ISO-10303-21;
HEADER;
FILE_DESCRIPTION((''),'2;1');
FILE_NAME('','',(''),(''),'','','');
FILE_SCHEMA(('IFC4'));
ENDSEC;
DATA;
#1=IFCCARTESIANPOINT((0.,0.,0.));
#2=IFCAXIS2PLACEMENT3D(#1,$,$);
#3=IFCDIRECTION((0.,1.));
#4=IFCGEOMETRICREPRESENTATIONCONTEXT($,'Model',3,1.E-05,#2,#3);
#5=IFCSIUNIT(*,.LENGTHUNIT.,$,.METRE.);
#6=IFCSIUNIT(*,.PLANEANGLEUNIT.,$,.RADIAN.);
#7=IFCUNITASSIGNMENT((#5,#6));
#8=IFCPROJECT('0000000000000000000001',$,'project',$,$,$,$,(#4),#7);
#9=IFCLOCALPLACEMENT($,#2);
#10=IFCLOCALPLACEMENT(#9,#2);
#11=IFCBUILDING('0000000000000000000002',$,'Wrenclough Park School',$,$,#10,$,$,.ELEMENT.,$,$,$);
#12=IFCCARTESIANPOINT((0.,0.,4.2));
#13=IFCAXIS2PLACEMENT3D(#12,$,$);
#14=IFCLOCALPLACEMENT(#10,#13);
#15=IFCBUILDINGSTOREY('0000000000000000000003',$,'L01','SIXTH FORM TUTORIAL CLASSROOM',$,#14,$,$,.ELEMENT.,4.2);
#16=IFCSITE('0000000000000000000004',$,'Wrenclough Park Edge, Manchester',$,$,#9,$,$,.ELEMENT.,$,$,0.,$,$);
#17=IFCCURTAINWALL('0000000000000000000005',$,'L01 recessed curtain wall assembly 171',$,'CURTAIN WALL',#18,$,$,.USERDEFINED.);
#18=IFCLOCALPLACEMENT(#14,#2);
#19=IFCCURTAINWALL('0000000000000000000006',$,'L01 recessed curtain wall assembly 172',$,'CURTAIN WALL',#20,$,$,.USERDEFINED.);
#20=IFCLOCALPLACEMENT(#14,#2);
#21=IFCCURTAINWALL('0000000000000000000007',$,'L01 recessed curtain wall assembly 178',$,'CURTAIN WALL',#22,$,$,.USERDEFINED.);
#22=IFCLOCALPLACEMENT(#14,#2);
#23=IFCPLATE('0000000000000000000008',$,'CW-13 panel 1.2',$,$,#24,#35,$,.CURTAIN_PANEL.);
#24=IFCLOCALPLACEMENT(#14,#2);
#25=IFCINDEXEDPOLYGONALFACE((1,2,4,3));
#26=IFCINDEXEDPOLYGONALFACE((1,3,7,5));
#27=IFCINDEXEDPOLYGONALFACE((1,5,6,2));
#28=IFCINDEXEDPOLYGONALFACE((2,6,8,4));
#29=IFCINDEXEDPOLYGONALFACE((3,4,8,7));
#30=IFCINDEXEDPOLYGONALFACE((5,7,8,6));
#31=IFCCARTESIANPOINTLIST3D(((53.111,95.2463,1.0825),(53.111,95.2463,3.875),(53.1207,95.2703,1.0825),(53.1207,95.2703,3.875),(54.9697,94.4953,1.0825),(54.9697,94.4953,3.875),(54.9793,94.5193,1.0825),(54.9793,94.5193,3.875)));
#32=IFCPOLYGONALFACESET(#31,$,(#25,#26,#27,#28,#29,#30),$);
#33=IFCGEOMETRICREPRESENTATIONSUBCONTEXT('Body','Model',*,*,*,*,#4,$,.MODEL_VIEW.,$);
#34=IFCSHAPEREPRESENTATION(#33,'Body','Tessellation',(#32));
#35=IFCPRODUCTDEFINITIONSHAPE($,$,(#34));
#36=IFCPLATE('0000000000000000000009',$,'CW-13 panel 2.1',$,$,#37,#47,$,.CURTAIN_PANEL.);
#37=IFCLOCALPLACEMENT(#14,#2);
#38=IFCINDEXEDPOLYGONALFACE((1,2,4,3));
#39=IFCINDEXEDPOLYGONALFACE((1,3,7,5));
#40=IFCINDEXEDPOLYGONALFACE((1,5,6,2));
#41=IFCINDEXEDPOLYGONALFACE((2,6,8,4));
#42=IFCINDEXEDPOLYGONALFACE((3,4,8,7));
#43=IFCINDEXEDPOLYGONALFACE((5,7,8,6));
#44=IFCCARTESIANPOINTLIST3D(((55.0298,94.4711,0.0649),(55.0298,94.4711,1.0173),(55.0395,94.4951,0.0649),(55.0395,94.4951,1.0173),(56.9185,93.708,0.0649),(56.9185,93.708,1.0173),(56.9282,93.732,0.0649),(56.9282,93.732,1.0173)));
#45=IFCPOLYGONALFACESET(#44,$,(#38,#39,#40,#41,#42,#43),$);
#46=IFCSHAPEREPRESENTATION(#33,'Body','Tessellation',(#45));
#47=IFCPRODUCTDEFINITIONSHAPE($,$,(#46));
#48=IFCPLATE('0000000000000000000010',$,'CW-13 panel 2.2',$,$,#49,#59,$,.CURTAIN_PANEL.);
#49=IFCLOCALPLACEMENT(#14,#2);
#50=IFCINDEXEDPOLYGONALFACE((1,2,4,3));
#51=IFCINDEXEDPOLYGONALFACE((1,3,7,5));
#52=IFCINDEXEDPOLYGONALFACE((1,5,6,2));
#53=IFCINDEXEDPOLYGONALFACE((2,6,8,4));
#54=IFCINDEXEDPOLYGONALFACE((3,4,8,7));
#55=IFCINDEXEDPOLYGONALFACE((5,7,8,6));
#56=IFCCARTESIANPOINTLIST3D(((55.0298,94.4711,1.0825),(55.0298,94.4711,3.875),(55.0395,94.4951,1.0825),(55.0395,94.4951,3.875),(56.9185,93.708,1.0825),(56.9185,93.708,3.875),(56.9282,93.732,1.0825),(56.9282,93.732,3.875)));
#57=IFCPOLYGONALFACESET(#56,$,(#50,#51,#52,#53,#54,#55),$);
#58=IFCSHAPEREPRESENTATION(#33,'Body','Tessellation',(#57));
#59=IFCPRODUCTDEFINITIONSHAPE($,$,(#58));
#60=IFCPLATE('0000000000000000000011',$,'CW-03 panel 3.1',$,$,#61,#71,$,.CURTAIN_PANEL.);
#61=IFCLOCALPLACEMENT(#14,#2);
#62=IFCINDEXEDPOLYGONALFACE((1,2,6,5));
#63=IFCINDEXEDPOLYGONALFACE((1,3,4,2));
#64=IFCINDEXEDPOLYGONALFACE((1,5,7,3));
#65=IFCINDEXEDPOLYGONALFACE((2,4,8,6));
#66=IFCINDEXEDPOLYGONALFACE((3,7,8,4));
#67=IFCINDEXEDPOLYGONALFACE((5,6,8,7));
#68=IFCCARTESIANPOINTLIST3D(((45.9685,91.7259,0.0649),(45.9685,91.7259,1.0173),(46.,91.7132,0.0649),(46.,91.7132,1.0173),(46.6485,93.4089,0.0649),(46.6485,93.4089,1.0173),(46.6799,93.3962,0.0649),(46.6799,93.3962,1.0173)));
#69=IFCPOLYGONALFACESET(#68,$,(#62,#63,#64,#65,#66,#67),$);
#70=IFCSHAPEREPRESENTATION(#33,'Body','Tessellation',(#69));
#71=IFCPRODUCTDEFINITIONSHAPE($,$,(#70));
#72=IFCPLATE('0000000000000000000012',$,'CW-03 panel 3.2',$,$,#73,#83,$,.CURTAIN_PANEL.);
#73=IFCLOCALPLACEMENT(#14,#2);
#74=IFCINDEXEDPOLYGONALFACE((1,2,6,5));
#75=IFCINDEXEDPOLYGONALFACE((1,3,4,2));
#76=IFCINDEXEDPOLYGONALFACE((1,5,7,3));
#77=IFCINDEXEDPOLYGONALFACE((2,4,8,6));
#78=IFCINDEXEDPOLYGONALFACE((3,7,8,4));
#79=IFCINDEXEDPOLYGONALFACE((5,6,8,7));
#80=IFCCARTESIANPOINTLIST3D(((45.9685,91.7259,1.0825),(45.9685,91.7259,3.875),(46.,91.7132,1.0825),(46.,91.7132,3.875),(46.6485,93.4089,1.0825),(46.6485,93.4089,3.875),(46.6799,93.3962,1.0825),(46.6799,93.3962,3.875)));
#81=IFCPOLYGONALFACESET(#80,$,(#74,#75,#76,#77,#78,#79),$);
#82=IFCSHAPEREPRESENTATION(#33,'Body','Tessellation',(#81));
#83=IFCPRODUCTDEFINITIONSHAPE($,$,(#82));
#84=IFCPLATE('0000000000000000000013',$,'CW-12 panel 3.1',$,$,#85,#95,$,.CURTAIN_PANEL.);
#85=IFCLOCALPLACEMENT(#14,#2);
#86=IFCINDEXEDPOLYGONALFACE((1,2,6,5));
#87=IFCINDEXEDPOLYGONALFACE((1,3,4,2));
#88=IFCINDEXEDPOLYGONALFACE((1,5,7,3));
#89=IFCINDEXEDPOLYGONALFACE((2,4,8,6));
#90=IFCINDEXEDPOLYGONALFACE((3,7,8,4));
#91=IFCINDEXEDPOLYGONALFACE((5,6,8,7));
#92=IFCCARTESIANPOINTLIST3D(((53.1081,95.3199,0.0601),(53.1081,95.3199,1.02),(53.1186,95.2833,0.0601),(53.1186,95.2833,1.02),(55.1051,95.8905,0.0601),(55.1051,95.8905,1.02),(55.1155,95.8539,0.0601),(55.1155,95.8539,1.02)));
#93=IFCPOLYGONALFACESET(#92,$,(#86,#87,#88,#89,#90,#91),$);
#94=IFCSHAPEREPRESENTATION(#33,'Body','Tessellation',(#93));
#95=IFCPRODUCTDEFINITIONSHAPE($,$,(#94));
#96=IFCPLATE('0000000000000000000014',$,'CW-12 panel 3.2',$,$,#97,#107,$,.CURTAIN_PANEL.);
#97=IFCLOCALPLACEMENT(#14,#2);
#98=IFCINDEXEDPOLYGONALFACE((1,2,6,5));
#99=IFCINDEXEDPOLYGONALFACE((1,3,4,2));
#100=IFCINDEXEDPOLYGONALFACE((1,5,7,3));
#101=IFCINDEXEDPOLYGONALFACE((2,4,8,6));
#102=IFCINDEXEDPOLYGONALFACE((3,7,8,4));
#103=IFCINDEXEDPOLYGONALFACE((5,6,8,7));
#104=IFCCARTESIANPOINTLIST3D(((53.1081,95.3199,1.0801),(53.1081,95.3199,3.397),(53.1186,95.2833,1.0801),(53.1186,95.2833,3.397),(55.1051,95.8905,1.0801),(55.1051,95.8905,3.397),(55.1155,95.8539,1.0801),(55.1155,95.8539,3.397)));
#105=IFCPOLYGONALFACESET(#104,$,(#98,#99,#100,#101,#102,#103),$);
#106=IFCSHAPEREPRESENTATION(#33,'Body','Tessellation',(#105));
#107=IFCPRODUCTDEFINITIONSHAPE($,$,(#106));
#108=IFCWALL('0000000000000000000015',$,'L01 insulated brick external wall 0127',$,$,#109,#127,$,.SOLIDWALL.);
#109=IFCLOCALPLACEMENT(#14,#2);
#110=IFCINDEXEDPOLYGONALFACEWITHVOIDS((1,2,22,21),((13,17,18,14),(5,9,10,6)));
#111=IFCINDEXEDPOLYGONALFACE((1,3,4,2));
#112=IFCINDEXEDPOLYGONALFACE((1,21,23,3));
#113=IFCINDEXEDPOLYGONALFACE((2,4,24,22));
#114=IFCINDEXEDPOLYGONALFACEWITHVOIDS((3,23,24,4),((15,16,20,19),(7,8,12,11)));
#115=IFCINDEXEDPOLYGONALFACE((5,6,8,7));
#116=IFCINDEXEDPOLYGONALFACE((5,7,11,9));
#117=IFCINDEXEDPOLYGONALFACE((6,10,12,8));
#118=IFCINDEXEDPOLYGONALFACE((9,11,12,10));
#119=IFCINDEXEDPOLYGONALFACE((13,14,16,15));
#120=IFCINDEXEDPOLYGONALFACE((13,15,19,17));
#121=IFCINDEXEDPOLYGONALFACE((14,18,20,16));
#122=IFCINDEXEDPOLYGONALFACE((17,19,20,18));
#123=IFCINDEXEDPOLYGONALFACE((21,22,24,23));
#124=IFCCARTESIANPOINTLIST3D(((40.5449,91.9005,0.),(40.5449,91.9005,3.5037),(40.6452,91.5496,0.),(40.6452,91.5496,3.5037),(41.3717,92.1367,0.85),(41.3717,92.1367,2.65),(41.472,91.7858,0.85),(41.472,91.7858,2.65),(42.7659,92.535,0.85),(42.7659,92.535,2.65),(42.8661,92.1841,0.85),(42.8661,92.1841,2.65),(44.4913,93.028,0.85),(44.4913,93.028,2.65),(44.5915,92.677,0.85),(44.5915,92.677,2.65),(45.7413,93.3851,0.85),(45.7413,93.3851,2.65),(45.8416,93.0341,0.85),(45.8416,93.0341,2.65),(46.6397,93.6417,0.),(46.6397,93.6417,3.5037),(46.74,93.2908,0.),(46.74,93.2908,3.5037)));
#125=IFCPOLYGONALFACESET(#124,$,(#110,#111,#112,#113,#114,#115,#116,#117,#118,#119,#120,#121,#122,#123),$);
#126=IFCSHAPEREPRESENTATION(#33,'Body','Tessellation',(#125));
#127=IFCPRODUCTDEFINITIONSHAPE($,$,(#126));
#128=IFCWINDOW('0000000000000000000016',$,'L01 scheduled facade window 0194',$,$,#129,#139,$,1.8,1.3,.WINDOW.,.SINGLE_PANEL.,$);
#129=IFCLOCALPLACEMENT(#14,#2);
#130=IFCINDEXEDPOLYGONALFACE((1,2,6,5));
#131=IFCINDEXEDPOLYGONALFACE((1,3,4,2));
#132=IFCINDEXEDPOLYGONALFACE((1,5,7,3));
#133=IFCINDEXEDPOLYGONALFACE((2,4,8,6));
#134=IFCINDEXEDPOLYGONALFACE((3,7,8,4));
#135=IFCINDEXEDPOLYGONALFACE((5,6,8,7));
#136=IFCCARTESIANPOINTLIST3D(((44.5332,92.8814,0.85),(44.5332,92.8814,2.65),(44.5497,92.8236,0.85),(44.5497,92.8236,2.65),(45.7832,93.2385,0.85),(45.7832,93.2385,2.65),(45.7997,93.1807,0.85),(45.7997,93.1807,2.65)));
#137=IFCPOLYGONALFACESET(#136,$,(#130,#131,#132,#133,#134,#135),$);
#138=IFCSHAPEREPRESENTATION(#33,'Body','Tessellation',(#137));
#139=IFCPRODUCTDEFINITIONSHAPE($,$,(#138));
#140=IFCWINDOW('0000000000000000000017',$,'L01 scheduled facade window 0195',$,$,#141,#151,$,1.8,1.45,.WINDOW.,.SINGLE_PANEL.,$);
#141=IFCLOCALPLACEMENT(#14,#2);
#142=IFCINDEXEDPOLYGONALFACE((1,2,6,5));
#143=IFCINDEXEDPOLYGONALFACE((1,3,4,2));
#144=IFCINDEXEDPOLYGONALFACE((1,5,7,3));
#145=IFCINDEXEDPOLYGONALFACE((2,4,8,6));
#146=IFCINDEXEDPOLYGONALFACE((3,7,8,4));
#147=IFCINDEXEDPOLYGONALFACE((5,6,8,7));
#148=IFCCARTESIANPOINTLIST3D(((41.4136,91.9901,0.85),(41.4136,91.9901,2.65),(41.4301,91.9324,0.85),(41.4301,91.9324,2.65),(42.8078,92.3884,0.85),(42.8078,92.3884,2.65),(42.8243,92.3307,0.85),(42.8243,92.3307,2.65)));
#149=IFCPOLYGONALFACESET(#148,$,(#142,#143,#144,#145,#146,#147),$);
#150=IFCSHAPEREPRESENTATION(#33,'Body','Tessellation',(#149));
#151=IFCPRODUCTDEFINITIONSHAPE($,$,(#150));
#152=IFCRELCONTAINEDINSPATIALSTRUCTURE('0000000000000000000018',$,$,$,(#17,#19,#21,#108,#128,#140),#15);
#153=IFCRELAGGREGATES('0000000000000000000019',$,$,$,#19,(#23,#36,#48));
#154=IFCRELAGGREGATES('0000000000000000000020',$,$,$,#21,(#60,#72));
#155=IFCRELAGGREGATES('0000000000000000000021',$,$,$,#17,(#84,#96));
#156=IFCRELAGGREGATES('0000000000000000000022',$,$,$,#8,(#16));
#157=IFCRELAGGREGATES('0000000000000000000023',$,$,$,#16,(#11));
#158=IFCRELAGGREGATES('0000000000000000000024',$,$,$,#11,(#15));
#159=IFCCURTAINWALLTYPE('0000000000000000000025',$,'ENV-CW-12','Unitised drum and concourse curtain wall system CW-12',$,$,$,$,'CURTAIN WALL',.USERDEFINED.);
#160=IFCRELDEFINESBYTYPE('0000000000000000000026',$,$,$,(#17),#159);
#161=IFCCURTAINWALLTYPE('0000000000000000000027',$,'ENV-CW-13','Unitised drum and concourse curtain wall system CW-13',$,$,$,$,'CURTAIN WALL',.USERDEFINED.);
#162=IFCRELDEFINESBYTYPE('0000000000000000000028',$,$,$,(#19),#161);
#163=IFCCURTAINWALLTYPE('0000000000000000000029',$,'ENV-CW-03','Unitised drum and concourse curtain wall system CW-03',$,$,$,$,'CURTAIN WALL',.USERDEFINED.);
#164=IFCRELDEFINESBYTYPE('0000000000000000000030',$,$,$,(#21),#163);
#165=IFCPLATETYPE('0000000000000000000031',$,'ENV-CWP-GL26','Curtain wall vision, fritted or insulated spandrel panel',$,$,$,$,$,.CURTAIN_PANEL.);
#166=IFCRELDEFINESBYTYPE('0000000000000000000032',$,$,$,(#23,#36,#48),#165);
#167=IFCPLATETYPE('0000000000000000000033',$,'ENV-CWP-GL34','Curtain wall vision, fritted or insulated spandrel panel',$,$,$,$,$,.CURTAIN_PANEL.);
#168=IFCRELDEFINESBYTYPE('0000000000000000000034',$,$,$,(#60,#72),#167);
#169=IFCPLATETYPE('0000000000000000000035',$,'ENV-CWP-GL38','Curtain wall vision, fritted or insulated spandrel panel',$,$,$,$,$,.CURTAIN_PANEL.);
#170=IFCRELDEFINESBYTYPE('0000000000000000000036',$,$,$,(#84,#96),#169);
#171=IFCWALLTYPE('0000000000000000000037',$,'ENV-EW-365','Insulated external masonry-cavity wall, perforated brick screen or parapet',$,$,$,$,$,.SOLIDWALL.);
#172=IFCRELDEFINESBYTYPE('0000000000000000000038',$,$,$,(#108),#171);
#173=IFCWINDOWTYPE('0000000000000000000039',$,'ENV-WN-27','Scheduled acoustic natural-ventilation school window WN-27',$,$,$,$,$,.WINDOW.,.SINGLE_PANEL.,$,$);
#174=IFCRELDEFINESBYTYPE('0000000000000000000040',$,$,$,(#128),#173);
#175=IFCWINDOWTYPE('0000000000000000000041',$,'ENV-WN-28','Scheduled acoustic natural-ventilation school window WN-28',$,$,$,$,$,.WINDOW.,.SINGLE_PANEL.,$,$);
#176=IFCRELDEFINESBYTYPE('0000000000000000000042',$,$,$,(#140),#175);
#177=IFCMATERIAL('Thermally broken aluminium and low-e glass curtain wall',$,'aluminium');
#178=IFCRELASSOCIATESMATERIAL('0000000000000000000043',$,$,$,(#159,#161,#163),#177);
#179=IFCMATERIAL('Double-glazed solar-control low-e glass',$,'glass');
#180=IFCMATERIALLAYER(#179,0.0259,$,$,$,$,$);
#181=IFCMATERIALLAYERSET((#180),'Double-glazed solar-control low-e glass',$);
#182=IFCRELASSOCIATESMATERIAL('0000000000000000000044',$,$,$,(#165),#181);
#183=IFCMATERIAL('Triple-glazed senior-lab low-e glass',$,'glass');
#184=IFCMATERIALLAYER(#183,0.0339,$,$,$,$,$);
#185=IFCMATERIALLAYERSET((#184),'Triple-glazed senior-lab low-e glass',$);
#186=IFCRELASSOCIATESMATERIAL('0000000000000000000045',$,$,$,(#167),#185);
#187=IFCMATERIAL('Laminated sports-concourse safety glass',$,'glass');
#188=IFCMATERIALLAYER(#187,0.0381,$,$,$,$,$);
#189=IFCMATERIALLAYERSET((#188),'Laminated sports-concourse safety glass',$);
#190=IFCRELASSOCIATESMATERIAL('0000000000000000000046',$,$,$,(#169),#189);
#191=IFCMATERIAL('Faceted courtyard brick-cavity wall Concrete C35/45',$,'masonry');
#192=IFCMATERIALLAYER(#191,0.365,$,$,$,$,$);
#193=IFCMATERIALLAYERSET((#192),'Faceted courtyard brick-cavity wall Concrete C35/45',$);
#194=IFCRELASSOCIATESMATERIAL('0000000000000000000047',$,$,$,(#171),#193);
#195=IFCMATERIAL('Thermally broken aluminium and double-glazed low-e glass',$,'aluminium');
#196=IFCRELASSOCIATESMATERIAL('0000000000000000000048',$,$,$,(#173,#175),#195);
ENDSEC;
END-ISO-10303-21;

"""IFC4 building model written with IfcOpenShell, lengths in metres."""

from ifc_helpers import new_model, si_unit, direction, frame, frame_2d, origin, origin_2d, place, context, subcontext, project, spatial, rectangle, extrude, material, layer, layer_set, type_object, element, fill, aggregate, save


model = new_model("IFC4")

# Units and contexts
model_context = context("Model", 3, precision=1e-05, world=origin(), true_north=direction((0.0, 1.0)))
body_context = subcontext(model_context, "Body", "Model", "MODEL_VIEW")
ifc_project = project(units=[si_unit("LENGTHUNIT", "METRE"), si_unit("PLANEANGLEUNIT", "RADIAN")], contexts=[model_context])

# Site, building, storey
site_placement = place(None, origin())
site = spatial("IfcSite", under=ifc_project, at=site_placement, Name="Wrenclough Park Edge, Manchester", CompositionType="ELEMENT", RefElevation=0.0)
building_placement = place(site_placement, origin())
building = spatial("IfcBuilding", under=site, at=building_placement, Name="Wrenclough Park School", CompositionType="ELEMENT")
storey_placement = place(building_placement, frame((0.0, 0.0, 4.2)))
storey = spatial("IfcBuildingStorey", under=building, at=storey_placement, Name="L01", Description="SIXTH FORM TUTORIAL CLASSROOM", CompositionType="ELEMENT", Elevation=4.2)

# Curtain wall
ifc_material_1 = material(Name="Thermally broken aluminium and low-e glass curtain wall", Category="aluminium")
curtain_wall_type_1 = type_object("IfcCurtainWallType", Name="ENV-CW-12", Description="Unitised drum and concourse curtain wall system CW-12", ElementType="CURTAIN WALL", PredefinedType="USERDEFINED", material=ifc_material_1)
curtain_wall_1_placement = place(storey_placement, origin())
curtain_wall_1 = element("IfcCurtainWall", 1, at=curtain_wall_1_placement, inside=storey, type_object=curtain_wall_type_1, Name="L01 recessed curtain wall assembly 171", ObjectType="CURTAIN WALL", PredefinedType="USERDEFINED")

# Curtain wall
curtain_wall_type_2 = type_object("IfcCurtainWallType", Name="ENV-CW-13", Description="Unitised drum and concourse curtain wall system CW-13", ElementType="CURTAIN WALL", PredefinedType="USERDEFINED", material=ifc_material_1)
curtain_wall_2_placement = place(storey_placement, origin())
curtain_wall_2 = element("IfcCurtainWall", 2, at=curtain_wall_2_placement, inside=storey, type_object=curtain_wall_type_2, Name="L01 recessed curtain wall assembly 172", ObjectType="CURTAIN WALL", PredefinedType="USERDEFINED")

# Curtain wall
curtain_wall_type_3 = type_object("IfcCurtainWallType", Name="ENV-CW-03", Description="Unitised drum and concourse curtain wall system CW-03", ElementType="CURTAIN WALL", PredefinedType="USERDEFINED", material=ifc_material_1)
curtain_wall_3_placement = place(storey_placement, origin())
curtain_wall_3 = element("IfcCurtainWall", 3, at=curtain_wall_3_placement, inside=storey, type_object=curtain_wall_type_3, Name="L01 recessed curtain wall assembly 178", ObjectType="CURTAIN WALL", PredefinedType="USERDEFINED")

# Plates
ifc_material_2 = material(Name="Double-glazed solar-control low-e glass", Category="glass")
ifc_layer_1 = layer(ifc_material_2, 0.0259)
ifc_layer_set_1 = layer_set([ifc_layer_1], Name="Double-glazed solar-control low-e glass")
plate_type_1 = type_object("IfcPlateType", Name="ENV-CWP-GL26", Description="Curtain wall vision, fritted or insulated spandrel panel", PredefinedType="CURTAIN_PANEL", material=ifc_layer_set_1)
plate_1_placement = place(storey_placement, frame((54.0452, 94.8828, 1.0825), z_axis=(0.0, 0.0, 1.0), x_axis=(0.927184, -0.374606, 0.0)))
plate_1 = element("IfcPlate", 4, at=plate_1_placement, type_object=plate_type_1, Name="CW-13 panel 1.2", PredefinedType="CURTAIN_PANEL", context=body_context, shape_type="SweptSolid", body=[
    extrude(rectangle(XDim=2.0046, YDim=0.0259, at=origin_2d()), origin(), (0.0, 0.0, 1.0), 2.7925),
])
plate_2_placement = place(storey_placement, frame((55.979, 94.1016, 0.0649), z_axis=(0.0, 0.0, 1.0), x_axis=(0.927184, -0.374606, 0.0)))
plate_2 = element("IfcPlate", 5, at=plate_2_placement, type_object=plate_type_1, Name="CW-13 panel 2.1", PredefinedType="CURTAIN_PANEL", context=body_context, shape_type="SweptSolid", body=[
    extrude(rectangle(XDim=2.0371, YDim=0.0259, at=origin_2d()), origin(), (0.0, 0.0, 1.0), 0.9524),
])
plate_3_placement = place(storey_placement, frame((55.979, 94.1016, 1.0825), z_axis=(0.0, 0.0, 1.0), x_axis=(0.927184, -0.374606, 0.0)))
plate_3 = element("IfcPlate", 6, at=plate_3_placement, type_object=plate_type_1, Name="CW-13 panel 2.2", PredefinedType="CURTAIN_PANEL", context=body_context, shape_type="SweptSolid", body=[
    extrude(rectangle(XDim=2.0371, YDim=0.0259, at=origin_2d()), origin(), (0.0, 0.0, 1.0), 2.7925),
])
aggregate(curtain_wall_2, [plate_1, plate_2, plate_3])
ifc_material_3 = material(Name="Triple-glazed senior-lab low-e glass", Category="glass")
ifc_layer_2 = layer(ifc_material_3, 0.0339)
ifc_layer_set_2 = layer_set([ifc_layer_2], Name="Triple-glazed senior-lab low-e glass")
plate_type_2 = type_object("IfcPlateType", Name="ENV-CWP-GL34", Description="Curtain wall vision, fritted or insulated spandrel panel", PredefinedType="CURTAIN_PANEL", material=ifc_layer_set_2)
plate_4_placement = place(storey_placement, frame((46.3242, 92.561, 0.0649), z_axis=(0.0, 0.0, 1.0), x_axis=(0.374604, 0.927185, 0.0)))
plate_4 = element("IfcPlate", 7, at=plate_4_placement, type_object=plate_type_2, Name="CW-03 panel 3.1", PredefinedType="CURTAIN_PANEL", context=body_context, shape_type="SweptSolid", body=[
    extrude(rectangle(XDim=1.8152, YDim=0.0339, at=origin_2d()), origin(), (0.0, 0.0, 1.0), 0.9524),
])
plate_5_placement = place(storey_placement, frame((46.3242, 92.561, 1.0825), z_axis=(0.0, 0.0, 1.0), x_axis=(0.374604, 0.927185, 0.0)))
plate_5 = element("IfcPlate", 8, at=plate_5_placement, type_object=plate_type_2, Name="CW-03 panel 3.2", PredefinedType="CURTAIN_PANEL", context=body_context, shape_type="SweptSolid", body=[
    extrude(rectangle(XDim=1.8152, YDim=0.0339, at=origin_2d()), origin(), (0.0, 0.0, 1.0), 2.7925),
])
aggregate(curtain_wall_3, [plate_4, plate_5])
ifc_material_4 = material(Name="Laminated sports-concourse safety glass", Category="glass")
ifc_layer_3 = layer(ifc_material_4, 0.0381)
ifc_layer_set_3 = layer_set([ifc_layer_3], Name="Laminated sports-concourse safety glass")
plate_type_3 = type_object("IfcPlateType", Name="ENV-CWP-GL38", Description="Curtain wall vision, fritted or insulated spandrel panel", PredefinedType="CURTAIN_PANEL", material=ifc_layer_set_3)
plate_6_placement = place(storey_placement, frame((54.1118, 95.5869, 0.0601), z_axis=(0.0, 0.0, 1.0), x_axis=(-0.961523, -0.274723, 0.0)))
plate_6 = element("IfcPlate", 9, at=plate_6_placement, type_object=plate_type_3, Name="CW-12 panel 3.1", PredefinedType="CURTAIN_PANEL", context=body_context, shape_type="SweptSolid", body=[
    extrude(rectangle(XDim=2.0769, YDim=0.0381, at=origin_2d()), origin(), (0.0, 0.0, 1.0), 0.96),
])
plate_7_placement = place(storey_placement, frame((54.1118, 95.5869, 1.0801), z_axis=(0.0, 0.0, 1.0), x_axis=(-0.961523, -0.274723, 0.0)))
plate_7 = element("IfcPlate", 10, at=plate_7_placement, type_object=plate_type_3, Name="CW-12 panel 3.2", PredefinedType="CURTAIN_PANEL", context=body_context, shape_type="SweptSolid", body=[
    extrude(rectangle(XDim=2.0769, YDim=0.0381, at=origin_2d()), origin(), (0.0, 0.0, 1.0), 2.3169),
])
aggregate(curtain_wall_1, [plate_6, plate_7])

# Wall, openings, windows
ifc_material_5 = material(Name="Faceted courtyard brick-cavity wall Concrete C35/45", Category="masonry")
ifc_layer_4 = layer(ifc_material_5, 0.365)
ifc_layer_set_4 = layer_set([ifc_layer_4], Name="Faceted courtyard brick-cavity wall Concrete C35/45")
wall_type = type_object("IfcWallType", Name="ENV-EW-365", Description="Insulated external masonry-cavity wall, perforated brick screen or parapet", PredefinedType="SOLIDWALL", material=ifc_layer_set_4)
wall_placement = place(storey_placement, frame((46.6899, 93.4663, 0.0), z_axis=(0.0, 0.0, 1.0), x_axis=(-0.96153, -0.274701, 0.0)))
wall = element("IfcWall", 11, at=wall_placement, inside=storey, type_object=wall_type, Name="L01 insulated brick external wall 0127", PredefinedType="SOLIDWALL", context=body_context, shape_type="SweptSolid", body=[
    extrude(rectangle(XDim=6.3386, YDim=0.365, at=frame_2d((3.1694, 0.0))), origin(), (0.0, 0.0, 1.0), 3.5037),
])
opening_1_placement = place(wall_placement, frame((0.9346, 0.0, 0.8501)))
opening_1 = element("IfcOpeningElement", 12, at=opening_1_placement, cuts=wall, PredefinedType="OPENING", context=body_context, shape_type="SweptSolid", body=[
    extrude(rectangle(XDim=1.3, YDim=1.8, at=frame_2d((0.6499, 0.8999))), frame((0.0, 0.1924, 0.0), z_axis=(0.0, -1.0, 0.0), x_axis=(1.0, 0.0, 0.0)), (0.0, 0.0, 1.0), 0.385),
])
opening_2_placement = place(wall_placement, frame((4.0288, 0.0, 0.8501)))
opening_2 = element("IfcOpeningElement", 13, at=opening_2_placement, cuts=wall, PredefinedType="OPENING", context=body_context, shape_type="SweptSolid", body=[
    extrude(rectangle(XDim=1.45, YDim=1.8, at=frame_2d((0.7251, 0.8999))), frame((0.0, 0.1924, 0.0), z_axis=(0.0, -1.0, 0.0), x_axis=(1.0, 0.0, 0.0)), (0.0, 0.0, 1.0), 0.385),
])
ifc_material_6 = material(Name="Thermally broken aluminium and double-glazed low-e glass", Category="aluminium")
window_type_1 = type_object("IfcWindowType", Name="ENV-WN-27", Description="Scheduled acoustic natural-ventilation school window WN-27", PartitioningType="SINGLE_PANEL", PredefinedType="WINDOW", material=ifc_material_6)
window_1_placement = place(opening_1_placement, origin())
window_1 = element("IfcWindow", 14, at=window_1_placement, inside=storey, type_object=window_type_1, Name="L01 scheduled facade window 0194", OverallHeight=1.8, OverallWidth=1.3, PartitioningType="SINGLE_PANEL", PredefinedType="WINDOW", context=body_context, shape_type="SweptSolid", body=[
    extrude(rectangle(XDim=1.3, YDim=1.8, at=frame_2d((0.6499, 0.8999))), frame((0.0, 0.03, 0.0), z_axis=(0.0, -1.0, 0.0), x_axis=(1.0, 0.0, 0.0)), (0.0, 0.0, 1.0), 0.0601),
])
fill(opening_1, window_1)
window_type_2 = type_object("IfcWindowType", Name="ENV-WN-28", Description="Scheduled acoustic natural-ventilation school window WN-28", PartitioningType="SINGLE_PANEL", PredefinedType="WINDOW", material=ifc_material_6)
window_2_placement = place(opening_2_placement, origin())
window_2 = element("IfcWindow", 15, at=window_2_placement, inside=storey, type_object=window_type_2, Name="L01 scheduled facade window 0195", OverallHeight=1.8, OverallWidth=1.45, PartitioningType="SINGLE_PANEL", PredefinedType="WINDOW", context=body_context, shape_type="SweptSolid", body=[
    extrude(rectangle(XDim=1.45, YDim=1.8, at=frame_2d((0.7251, 0.8999))), frame((0.0, 0.03, 0.0), z_axis=(0.0, -1.0, 0.0), x_axis=(1.0, 0.0, 0.0)), (0.0, 0.0, 1.0), 0.0601),
])
fill(opening_2, window_2)

save(model, "model.ifc")
